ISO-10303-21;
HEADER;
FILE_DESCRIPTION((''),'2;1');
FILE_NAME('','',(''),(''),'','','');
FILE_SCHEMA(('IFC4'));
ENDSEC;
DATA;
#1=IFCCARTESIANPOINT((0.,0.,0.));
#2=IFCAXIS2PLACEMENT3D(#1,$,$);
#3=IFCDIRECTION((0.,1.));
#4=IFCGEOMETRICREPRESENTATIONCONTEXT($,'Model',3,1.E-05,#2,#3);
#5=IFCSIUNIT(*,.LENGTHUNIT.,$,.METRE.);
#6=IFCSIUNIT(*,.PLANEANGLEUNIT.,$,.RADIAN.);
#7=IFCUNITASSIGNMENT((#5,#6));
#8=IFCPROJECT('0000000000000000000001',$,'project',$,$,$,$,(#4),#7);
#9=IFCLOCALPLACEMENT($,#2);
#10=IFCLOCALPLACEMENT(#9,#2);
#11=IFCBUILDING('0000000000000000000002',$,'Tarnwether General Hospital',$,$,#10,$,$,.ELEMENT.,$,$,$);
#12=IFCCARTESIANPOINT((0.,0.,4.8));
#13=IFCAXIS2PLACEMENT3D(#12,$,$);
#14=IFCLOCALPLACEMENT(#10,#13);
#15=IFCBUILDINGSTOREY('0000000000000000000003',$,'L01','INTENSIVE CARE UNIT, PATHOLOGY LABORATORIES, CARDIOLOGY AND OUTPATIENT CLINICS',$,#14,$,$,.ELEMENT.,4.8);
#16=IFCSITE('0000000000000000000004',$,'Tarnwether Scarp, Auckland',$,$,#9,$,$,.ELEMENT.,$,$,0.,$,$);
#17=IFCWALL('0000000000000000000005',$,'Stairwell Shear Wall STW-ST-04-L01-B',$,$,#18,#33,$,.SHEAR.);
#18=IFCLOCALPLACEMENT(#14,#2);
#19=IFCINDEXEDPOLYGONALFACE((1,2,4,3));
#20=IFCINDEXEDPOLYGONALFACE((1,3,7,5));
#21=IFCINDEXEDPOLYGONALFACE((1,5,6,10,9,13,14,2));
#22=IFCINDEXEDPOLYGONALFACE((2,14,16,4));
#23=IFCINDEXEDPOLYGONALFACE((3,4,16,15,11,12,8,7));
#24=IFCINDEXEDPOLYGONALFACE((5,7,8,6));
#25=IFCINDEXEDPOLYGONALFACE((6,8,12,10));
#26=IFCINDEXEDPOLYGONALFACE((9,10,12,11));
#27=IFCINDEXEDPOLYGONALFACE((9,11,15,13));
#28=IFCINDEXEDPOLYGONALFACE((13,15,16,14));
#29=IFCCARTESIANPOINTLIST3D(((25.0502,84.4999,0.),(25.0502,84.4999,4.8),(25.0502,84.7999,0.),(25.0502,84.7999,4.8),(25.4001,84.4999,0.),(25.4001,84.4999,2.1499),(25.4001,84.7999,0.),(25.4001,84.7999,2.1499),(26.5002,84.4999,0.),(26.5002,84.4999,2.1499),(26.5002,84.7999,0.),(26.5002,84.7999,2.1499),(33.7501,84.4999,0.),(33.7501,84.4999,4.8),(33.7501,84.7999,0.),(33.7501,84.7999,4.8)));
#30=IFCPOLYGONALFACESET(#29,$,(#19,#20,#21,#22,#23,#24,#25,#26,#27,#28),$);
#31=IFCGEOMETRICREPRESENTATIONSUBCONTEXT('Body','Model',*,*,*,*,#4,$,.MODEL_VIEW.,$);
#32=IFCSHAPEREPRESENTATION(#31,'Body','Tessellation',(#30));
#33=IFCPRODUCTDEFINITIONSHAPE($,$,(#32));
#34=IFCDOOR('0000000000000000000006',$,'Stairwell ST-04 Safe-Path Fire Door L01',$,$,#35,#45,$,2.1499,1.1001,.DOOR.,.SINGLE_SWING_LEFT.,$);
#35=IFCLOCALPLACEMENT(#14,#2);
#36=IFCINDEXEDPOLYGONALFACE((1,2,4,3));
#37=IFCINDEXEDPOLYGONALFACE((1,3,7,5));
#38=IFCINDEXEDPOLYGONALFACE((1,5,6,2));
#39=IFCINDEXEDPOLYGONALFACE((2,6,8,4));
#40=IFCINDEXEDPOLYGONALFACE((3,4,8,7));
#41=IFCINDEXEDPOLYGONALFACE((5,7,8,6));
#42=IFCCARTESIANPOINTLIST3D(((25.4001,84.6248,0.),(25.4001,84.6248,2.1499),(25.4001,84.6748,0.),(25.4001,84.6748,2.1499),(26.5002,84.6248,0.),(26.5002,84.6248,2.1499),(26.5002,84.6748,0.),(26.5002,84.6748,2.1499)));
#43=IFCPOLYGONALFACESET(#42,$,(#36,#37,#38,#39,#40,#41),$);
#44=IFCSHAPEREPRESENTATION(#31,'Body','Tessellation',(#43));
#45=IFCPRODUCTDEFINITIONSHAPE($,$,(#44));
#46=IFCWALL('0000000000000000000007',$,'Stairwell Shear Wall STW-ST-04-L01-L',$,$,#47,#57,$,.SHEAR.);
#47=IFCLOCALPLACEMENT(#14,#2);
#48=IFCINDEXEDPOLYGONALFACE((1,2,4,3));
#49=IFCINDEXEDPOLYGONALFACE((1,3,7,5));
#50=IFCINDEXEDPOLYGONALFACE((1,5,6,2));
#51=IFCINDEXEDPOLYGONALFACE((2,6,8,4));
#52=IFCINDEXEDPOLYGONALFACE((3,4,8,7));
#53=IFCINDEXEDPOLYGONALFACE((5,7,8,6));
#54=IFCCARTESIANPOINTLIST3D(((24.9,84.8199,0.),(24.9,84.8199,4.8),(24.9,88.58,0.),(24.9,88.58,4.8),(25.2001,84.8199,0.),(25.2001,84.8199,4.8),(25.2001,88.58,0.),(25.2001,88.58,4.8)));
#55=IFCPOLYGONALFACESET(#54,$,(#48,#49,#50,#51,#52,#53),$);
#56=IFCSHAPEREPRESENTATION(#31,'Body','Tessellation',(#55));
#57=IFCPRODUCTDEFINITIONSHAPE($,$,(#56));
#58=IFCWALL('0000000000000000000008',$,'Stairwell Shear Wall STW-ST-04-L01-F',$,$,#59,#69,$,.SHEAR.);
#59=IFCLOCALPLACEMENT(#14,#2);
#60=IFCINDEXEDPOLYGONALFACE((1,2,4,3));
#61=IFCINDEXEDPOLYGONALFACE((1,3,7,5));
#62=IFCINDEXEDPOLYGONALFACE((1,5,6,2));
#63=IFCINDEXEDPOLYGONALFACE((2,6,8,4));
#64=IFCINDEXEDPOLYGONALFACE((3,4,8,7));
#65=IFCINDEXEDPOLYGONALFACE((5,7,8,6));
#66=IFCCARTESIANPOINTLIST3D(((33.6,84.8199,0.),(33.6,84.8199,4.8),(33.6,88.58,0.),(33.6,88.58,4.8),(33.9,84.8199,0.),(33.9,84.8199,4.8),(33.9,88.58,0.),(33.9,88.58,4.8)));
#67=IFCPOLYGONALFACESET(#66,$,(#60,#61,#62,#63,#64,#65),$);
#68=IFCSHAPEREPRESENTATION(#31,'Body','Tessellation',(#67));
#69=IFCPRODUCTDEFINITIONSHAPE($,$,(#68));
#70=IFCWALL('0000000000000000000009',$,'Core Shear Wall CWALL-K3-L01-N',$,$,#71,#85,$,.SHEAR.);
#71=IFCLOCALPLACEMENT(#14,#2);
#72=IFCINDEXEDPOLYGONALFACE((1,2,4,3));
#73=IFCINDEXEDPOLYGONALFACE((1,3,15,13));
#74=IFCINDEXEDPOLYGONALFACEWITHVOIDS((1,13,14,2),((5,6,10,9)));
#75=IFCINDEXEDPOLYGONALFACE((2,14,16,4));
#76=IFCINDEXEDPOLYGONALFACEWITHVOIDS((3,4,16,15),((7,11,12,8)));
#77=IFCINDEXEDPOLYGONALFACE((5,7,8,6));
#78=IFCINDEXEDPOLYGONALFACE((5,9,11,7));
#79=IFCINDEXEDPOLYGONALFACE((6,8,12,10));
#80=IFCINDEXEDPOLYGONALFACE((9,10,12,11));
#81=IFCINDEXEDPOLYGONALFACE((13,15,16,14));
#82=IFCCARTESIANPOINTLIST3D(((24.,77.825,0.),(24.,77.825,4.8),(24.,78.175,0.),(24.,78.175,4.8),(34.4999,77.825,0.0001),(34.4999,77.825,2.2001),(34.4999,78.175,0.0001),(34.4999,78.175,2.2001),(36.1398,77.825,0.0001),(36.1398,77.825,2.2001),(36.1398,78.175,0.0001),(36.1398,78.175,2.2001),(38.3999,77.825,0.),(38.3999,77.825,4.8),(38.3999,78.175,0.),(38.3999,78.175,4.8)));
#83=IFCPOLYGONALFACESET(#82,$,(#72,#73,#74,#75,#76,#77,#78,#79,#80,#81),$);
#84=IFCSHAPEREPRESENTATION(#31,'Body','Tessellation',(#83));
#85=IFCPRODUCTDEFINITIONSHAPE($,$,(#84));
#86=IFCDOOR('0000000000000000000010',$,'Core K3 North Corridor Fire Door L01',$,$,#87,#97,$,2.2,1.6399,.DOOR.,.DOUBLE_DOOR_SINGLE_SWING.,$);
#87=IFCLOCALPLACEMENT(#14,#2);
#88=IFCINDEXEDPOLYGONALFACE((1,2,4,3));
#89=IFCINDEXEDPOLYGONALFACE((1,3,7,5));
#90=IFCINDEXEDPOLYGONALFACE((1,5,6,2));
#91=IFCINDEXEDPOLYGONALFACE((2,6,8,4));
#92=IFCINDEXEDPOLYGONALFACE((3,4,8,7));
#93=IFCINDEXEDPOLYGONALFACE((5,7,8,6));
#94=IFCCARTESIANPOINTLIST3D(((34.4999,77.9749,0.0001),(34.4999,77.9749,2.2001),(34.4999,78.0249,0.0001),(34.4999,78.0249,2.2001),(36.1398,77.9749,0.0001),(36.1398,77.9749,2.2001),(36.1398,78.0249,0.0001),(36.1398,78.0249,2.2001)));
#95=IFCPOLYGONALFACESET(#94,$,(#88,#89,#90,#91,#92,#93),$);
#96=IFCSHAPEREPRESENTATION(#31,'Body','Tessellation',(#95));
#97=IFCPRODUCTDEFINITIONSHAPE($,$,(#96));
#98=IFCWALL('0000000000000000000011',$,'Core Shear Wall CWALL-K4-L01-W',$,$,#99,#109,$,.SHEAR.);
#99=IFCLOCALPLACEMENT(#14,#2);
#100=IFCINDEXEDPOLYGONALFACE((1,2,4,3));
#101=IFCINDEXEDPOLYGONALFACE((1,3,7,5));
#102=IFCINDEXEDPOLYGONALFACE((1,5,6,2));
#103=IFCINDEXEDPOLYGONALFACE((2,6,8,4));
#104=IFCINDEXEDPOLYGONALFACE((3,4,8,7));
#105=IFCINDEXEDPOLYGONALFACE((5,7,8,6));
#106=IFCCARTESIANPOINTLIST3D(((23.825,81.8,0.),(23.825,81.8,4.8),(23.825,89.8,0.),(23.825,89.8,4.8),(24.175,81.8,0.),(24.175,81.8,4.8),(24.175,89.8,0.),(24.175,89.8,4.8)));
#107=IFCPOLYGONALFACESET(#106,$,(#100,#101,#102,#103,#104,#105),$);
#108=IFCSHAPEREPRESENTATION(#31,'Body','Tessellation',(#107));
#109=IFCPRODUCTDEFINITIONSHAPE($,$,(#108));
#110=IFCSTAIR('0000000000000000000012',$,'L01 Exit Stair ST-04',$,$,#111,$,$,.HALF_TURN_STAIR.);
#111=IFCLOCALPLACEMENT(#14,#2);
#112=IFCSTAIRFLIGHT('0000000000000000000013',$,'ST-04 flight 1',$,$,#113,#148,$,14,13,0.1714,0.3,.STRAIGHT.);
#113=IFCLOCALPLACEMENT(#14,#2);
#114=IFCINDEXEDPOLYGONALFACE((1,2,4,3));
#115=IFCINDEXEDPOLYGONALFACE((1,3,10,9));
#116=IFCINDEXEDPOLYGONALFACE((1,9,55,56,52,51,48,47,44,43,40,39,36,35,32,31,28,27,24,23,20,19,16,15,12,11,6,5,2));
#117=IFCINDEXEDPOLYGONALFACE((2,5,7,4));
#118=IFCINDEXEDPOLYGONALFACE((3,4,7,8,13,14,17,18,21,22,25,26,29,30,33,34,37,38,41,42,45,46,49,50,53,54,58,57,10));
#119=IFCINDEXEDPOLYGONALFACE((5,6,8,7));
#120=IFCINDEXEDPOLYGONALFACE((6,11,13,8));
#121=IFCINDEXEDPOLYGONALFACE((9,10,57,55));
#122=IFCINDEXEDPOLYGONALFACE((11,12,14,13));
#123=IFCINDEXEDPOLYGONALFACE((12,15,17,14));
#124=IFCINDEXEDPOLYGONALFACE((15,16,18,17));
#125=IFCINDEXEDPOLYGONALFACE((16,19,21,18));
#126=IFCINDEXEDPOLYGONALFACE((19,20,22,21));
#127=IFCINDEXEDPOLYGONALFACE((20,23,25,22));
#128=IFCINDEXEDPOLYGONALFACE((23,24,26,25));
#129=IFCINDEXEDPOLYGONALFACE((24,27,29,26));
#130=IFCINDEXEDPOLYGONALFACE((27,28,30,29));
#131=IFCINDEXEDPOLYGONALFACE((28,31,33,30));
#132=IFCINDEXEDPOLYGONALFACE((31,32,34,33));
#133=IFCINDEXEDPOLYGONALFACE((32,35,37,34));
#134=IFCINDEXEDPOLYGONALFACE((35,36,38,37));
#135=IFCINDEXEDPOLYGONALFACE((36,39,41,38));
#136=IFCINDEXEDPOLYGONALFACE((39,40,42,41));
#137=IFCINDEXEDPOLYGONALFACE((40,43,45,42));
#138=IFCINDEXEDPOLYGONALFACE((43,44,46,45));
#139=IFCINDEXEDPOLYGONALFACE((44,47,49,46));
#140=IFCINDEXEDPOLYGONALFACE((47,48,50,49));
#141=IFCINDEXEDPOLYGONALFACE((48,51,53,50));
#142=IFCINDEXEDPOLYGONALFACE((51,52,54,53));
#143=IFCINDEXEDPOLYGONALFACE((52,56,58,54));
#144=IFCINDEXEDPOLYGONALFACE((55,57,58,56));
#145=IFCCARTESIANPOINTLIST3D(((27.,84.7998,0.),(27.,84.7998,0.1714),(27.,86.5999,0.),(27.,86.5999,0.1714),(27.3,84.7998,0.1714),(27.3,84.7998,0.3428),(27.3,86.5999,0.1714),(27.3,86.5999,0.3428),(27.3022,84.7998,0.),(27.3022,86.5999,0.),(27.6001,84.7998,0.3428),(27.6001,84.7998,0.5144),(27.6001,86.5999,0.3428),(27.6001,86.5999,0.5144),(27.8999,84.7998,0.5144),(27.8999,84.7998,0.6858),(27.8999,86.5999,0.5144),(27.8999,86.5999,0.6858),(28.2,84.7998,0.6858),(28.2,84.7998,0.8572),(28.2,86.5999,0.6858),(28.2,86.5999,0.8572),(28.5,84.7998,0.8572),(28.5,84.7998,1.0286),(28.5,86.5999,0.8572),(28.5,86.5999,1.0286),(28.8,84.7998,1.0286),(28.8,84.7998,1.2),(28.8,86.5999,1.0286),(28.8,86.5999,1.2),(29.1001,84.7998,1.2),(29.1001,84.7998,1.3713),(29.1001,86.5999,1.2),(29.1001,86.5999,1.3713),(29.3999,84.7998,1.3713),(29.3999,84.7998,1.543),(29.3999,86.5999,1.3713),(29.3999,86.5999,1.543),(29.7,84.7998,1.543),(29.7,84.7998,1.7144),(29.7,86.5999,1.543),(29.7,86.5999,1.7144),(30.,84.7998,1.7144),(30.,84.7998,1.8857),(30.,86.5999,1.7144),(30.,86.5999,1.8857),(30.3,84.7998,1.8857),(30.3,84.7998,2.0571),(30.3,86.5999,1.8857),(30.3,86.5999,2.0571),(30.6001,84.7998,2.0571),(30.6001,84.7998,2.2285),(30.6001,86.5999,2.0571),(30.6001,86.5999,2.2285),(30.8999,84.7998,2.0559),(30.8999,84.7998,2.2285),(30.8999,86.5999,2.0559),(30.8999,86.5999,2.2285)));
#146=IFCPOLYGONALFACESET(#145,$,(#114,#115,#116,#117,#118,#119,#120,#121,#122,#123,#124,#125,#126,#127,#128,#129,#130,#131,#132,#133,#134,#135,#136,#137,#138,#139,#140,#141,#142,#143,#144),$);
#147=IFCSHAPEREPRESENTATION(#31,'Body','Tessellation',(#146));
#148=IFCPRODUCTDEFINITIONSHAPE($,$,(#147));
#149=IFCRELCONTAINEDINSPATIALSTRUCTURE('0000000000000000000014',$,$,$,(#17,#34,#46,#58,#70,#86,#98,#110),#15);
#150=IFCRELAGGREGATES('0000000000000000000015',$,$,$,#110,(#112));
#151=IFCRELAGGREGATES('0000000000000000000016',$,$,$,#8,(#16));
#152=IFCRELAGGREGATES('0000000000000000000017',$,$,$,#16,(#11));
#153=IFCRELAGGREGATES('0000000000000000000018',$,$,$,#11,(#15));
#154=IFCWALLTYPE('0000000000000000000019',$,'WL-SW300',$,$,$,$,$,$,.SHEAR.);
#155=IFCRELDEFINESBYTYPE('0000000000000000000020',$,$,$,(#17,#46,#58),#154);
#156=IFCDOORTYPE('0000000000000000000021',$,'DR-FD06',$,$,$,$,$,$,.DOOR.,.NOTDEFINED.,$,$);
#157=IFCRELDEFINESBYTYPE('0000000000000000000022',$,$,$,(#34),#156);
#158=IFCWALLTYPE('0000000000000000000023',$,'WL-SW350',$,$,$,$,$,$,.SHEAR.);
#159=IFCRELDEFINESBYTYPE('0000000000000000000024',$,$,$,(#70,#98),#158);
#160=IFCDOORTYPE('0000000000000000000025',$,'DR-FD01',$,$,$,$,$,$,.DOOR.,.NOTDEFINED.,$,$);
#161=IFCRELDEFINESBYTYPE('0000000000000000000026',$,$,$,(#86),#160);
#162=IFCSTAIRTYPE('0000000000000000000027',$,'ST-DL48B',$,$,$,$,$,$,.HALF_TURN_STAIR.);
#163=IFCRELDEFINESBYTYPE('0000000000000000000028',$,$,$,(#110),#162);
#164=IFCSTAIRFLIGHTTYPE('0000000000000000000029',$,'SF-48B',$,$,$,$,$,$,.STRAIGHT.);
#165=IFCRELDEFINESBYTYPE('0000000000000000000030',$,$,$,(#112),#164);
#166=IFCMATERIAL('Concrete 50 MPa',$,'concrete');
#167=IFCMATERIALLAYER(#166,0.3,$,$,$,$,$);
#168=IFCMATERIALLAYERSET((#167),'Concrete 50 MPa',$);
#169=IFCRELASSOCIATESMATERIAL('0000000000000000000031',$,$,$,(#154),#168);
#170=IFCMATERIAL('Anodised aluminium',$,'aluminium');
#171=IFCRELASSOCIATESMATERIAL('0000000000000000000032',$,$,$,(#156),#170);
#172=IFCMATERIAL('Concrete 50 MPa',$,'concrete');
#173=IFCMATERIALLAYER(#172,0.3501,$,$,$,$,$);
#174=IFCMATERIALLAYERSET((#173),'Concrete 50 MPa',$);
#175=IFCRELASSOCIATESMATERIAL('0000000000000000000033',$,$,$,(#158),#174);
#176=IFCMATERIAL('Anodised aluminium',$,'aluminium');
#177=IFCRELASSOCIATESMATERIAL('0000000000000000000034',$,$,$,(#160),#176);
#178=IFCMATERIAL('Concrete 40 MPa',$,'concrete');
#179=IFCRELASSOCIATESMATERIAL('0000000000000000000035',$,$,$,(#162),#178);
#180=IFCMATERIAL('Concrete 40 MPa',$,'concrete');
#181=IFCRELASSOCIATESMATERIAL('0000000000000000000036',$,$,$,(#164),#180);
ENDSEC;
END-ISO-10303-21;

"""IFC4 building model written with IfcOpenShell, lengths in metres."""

from ifc_helpers import new_model, si_unit, direction, frame, frame_2d, origin, place, context, subcontext, project, spatial, polyline, rectangle, outline, extrude, material, layer, layer_set, type_object, element, fill, aggregate, save


model = new_model("IFC4")

# Units and contexts
model_context = context("Model", 3, precision=1e-05, world=origin(), true_north=direction((0.0, 1.0)))
body_context = subcontext(model_context, "Body", "Model", "MODEL_VIEW")
ifc_project = project(units=[si_unit("LENGTHUNIT", "METRE"), si_unit("PLANEANGLEUNIT", "RADIAN")], contexts=[model_context])

# Site, building, storey
site_placement = place(None, origin())
site = spatial("IfcSite", under=ifc_project, at=site_placement, Name="Tarnwether Scarp, Auckland", CompositionType="ELEMENT", RefElevation=0.0)
building_placement = place(site_placement, origin())
building = spatial("IfcBuilding", under=site, at=building_placement, Name="Tarnwether General Hospital", CompositionType="ELEMENT")
storey_placement = place(building_placement, frame((0.0, 0.0, 4.8)))
storey = spatial("IfcBuildingStorey", under=building, at=storey_placement, Name="L01", Description="INTENSIVE CARE UNIT, PATHOLOGY LABORATORIES, CARDIOLOGY AND OUTPATIENT CLINICS", CompositionType="ELEMENT", Elevation=4.8)

# Shared definitions
ifc_material_1 = material(Name="Concrete 50 MPa", Category="concrete")
ifc_layer_1 = layer(ifc_material_1, 0.3)
ifc_layer_set_1 = layer_set([ifc_layer_1], Name="Concrete 50 MPa")
wall_type_1 = type_object("IfcWallType", Name="WL-SW300", PredefinedType="SHEAR", material=ifc_layer_set_1)

# Wall, opening, door
wall_1_placement = place(storey_placement, frame((25.05, 84.6499, 0.0), z_axis=(0.0, 0.0, 1.0), x_axis=(1.0, 0.0, 0.0)))
wall_1 = element("IfcWall", 1, at=wall_1_placement, inside=storey, type_object=wall_type_1, Name="Stairwell Shear Wall STW-ST-04-L01-B", PredefinedType="SHEAR", context=body_context, shape_type="SweptSolid", body=[
    extrude(rectangle(XDim=8.7, YDim=0.3, at=frame_2d((4.3501, 0.0))), origin(), (0.0, 0.0, 1.0), 4.8),
])
opening_1_placement = place(wall_1_placement, frame((0.3501, 0.0, 0.0)))
opening_1 = element("IfcOpeningElement", 2, at=opening_1_placement, cuts=wall_1, PredefinedType="OPENING", context=body_context, shape_type="SweptSolid", body=[
    extrude(rectangle(XDim=1.1001, YDim=2.1499, at=frame_2d((0.55, 1.075))), frame((0.0, 0.1602, 0.0), z_axis=(0.0, -1.0, 0.0), x_axis=(1.0, 0.0, 0.0)), (0.0, 0.0, 1.0), 0.3201),
])
ifc_material_2 = material(Name="Anodised aluminium", Category="aluminium")
door_type_1 = type_object("IfcDoorType", Name="DR-FD06", OperationType="NOTDEFINED", PredefinedType="DOOR", material=ifc_material_2)
door_1_placement = place(opening_1_placement, origin())
door_1 = element("IfcDoor", 3, at=door_1_placement, inside=storey, type_object=door_type_1, Name="Stairwell ST-04 Safe-Path Fire Door L01", OperationType="SINGLE_SWING_LEFT", OverallHeight=2.1499, OverallWidth=1.1001, PredefinedType="DOOR", context=body_context, shape_type="SweptSolid", body=[
    extrude(rectangle(XDim=1.1001, YDim=2.1499, at=frame_2d((0.55, 1.075))), frame((0.0, 0.0249, 0.0), z_axis=(0.0, -1.0, 0.0), x_axis=(1.0, 0.0, 0.0)), (0.0, 0.0, 1.0), 0.05),
])
fill(opening_1, door_1)

# Walls
for number, where, z_axis, x_axis, name in (
    (4, (25.05, 84.8201, 0.0), (0.0, 0.0, 1.0), (0.0, 1.0, 0.0), "Stairwell Shear Wall STW-ST-04-L01-L"),
    (5, (33.75, 84.8201, 0.0), (0.0, 0.0, 1.0), (0.0, 1.0, 0.0), "Stairwell Shear Wall STW-ST-04-L01-F"),
):
    element("IfcWall", number, at=place(storey_placement, frame(where, z_axis=z_axis, x_axis=x_axis)), inside=storey, type_object=wall_type_1, Name=name, PredefinedType="SHEAR", context=body_context, shape_type="SweptSolid", body=[
        extrude(rectangle(XDim=3.76, YDim=0.3, at=frame_2d((1.8799, 0.0))), origin(), (0.0, 0.0, 1.0), 4.8),
    ])

# Wall, opening, door
ifc_material_3 = material(Name="Concrete 50 MPa", Category="concrete")
ifc_layer_2 = layer(ifc_material_3, 0.3501)
ifc_layer_set_2 = layer_set([ifc_layer_2], Name="Concrete 50 MPa")
wall_type_2 = type_object("IfcWallType", Name="WL-SW350", PredefinedType="SHEAR", material=ifc_layer_set_2)
wall_2_placement = place(storey_placement, frame((24.0, 78.0, 0.0), z_axis=(0.0, 0.0, 1.0), x_axis=(1.0, 0.0, 0.0)))
wall_2 = element("IfcWall", 6, at=wall_2_placement, inside=storey, type_object=wall_type_2, Name="Core Shear Wall CWALL-K3-L01-N", PredefinedType="SHEAR", context=body_context, shape_type="SweptSolid", body=[
    extrude(rectangle(XDim=14.3999, YDim=0.3501, at=frame_2d((7.2, 0.0))), origin(), (0.0, 0.0, 1.0), 4.8),
])
opening_2_placement = place(wall_2_placement, frame((10.5, 0.0, 0.0)))
opening_2 = element("IfcOpeningElement", 7, at=opening_2_placement, cuts=wall_2, PredefinedType="OPENING", context=body_context, shape_type="SweptSolid", body=[
    extrude(rectangle(XDim=1.6399, YDim=2.2, at=frame_2d((0.8198, 1.1001))), frame((0.0, 0.1851, 0.0), z_axis=(0.0, -1.0, 0.0), x_axis=(1.0, 0.0, 0.0)), (0.0, 0.0, 1.0), 0.3701),
])
ifc_material_4 = material(Name="Anodised aluminium", Category="aluminium")
door_type_2 = type_object("IfcDoorType", Name="DR-FD01", OperationType="NOTDEFINED", PredefinedType="DOOR", material=ifc_material_4)
door_2_placement = place(opening_2_placement, origin())
door_2 = element("IfcDoor", 8, at=door_2_placement, inside=storey, type_object=door_type_2, Name="Core K3 North Corridor Fire Door L01", OperationType="DOUBLE_DOOR_SINGLE_SWING", OverallHeight=2.2, OverallWidth=1.6399, PredefinedType="DOOR", context=body_context, shape_type="SweptSolid", body=[
    extrude(rectangle(XDim=1.6399, YDim=2.2, at=frame_2d((0.8198, 1.1001))), frame((0.0, 0.0249, 0.0), z_axis=(0.0, -1.0, 0.0), x_axis=(1.0, 0.0, 0.0)), (0.0, 0.0, 1.0), 0.05),
])
fill(opening_2, door_2)

# Wall
wall_3_placement = place(storey_placement, frame((24.0, 81.8, 0.0), z_axis=(0.0, 0.0, 1.0), x_axis=(0.0, 1.0, 0.0)))
element("IfcWall", 9, at=wall_3_placement, inside=storey, type_object=wall_type_2, Name="Core Shear Wall CWALL-K4-L01-W", PredefinedType="SHEAR", context=body_context, shape_type="SweptSolid", body=[
    extrude(rectangle(XDim=8.0, YDim=0.3501, at=frame_2d((4.0, 0.0))), origin(), (0.0, 0.0, 1.0), 4.8),
])

# Stair, stair flight
ifc_material_5 = material(Name="Concrete 40 MPa", Category="concrete")
stair_type = type_object("IfcStairType", Name="ST-DL48B", PredefinedType="HALF_TURN_STAIR", material=ifc_material_5)
stair_placement = place(storey_placement, origin())
stair = element("IfcStair", 10, at=stair_placement, inside=storey, type_object=stair_type, Name="L01 Exit Stair ST-04", PredefinedType="HALF_TURN_STAIR")
ifc_material_6 = material(Name="Concrete 40 MPa", Category="concrete")
stair_flight_type = type_object("IfcStairFlightType", Name="SF-48B", PredefinedType="STRAIGHT", material=ifc_material_6)
stair_flight_1_placement = place(storey_placement, frame((27.0, 85.7, 0.0), z_axis=(0.0, 0.0, 1.0), x_axis=(1.0, 0.0, 0.0)))
stair_flight_1 = element("IfcStairFlight", 11, at=stair_flight_1_placement, type_object=stair_flight_type, Name="ST-04 flight 1", NumberOfRisers=14, NumberOfTreads=13, PredefinedType="STRAIGHT", RiserHeight=0.1714, TreadLength=0.3, context=body_context, shape_type="SweptSolid", body=[
    extrude(outline(polyline([(0.0, 0.0), (0.0, 0.1714), (0.3, 0.1714), (0.3, 0.3428), (0.6001, 0.3428), (0.6001, 0.5144), (0.8999, 0.5144), (0.8999, 0.6858), (1.2, 0.6858), (1.2, 0.8572), (1.5, 0.8572), (1.5, 1.0286), (1.8, 1.0286), (1.8, 1.2), (2.1001, 1.2), (2.1001, 1.3713), (2.3999, 1.3713), (2.3999, 1.543), (2.7, 1.543), (2.7, 1.7144), (3.0, 1.7144), (3.0, 1.8857), (3.3, 1.8857), (3.3, 2.0571), (3.6001, 2.0571), (3.6001, 2.2285), (3.8999, 2.2285), (3.8999, 2.3999), (3.8999, 2.0559), (0.3022, 0.0), (0.0, 0.0)])), frame((0.0, 0.8999, 0.0), z_axis=(0.0, -1.0, 0.0), x_axis=(1.0, 0.0, 0.0)), (0.0, 0.0, 1.0), 1.8),
])
aggregate(stair, [stair_flight_1])

save(model, "model.ifc")
